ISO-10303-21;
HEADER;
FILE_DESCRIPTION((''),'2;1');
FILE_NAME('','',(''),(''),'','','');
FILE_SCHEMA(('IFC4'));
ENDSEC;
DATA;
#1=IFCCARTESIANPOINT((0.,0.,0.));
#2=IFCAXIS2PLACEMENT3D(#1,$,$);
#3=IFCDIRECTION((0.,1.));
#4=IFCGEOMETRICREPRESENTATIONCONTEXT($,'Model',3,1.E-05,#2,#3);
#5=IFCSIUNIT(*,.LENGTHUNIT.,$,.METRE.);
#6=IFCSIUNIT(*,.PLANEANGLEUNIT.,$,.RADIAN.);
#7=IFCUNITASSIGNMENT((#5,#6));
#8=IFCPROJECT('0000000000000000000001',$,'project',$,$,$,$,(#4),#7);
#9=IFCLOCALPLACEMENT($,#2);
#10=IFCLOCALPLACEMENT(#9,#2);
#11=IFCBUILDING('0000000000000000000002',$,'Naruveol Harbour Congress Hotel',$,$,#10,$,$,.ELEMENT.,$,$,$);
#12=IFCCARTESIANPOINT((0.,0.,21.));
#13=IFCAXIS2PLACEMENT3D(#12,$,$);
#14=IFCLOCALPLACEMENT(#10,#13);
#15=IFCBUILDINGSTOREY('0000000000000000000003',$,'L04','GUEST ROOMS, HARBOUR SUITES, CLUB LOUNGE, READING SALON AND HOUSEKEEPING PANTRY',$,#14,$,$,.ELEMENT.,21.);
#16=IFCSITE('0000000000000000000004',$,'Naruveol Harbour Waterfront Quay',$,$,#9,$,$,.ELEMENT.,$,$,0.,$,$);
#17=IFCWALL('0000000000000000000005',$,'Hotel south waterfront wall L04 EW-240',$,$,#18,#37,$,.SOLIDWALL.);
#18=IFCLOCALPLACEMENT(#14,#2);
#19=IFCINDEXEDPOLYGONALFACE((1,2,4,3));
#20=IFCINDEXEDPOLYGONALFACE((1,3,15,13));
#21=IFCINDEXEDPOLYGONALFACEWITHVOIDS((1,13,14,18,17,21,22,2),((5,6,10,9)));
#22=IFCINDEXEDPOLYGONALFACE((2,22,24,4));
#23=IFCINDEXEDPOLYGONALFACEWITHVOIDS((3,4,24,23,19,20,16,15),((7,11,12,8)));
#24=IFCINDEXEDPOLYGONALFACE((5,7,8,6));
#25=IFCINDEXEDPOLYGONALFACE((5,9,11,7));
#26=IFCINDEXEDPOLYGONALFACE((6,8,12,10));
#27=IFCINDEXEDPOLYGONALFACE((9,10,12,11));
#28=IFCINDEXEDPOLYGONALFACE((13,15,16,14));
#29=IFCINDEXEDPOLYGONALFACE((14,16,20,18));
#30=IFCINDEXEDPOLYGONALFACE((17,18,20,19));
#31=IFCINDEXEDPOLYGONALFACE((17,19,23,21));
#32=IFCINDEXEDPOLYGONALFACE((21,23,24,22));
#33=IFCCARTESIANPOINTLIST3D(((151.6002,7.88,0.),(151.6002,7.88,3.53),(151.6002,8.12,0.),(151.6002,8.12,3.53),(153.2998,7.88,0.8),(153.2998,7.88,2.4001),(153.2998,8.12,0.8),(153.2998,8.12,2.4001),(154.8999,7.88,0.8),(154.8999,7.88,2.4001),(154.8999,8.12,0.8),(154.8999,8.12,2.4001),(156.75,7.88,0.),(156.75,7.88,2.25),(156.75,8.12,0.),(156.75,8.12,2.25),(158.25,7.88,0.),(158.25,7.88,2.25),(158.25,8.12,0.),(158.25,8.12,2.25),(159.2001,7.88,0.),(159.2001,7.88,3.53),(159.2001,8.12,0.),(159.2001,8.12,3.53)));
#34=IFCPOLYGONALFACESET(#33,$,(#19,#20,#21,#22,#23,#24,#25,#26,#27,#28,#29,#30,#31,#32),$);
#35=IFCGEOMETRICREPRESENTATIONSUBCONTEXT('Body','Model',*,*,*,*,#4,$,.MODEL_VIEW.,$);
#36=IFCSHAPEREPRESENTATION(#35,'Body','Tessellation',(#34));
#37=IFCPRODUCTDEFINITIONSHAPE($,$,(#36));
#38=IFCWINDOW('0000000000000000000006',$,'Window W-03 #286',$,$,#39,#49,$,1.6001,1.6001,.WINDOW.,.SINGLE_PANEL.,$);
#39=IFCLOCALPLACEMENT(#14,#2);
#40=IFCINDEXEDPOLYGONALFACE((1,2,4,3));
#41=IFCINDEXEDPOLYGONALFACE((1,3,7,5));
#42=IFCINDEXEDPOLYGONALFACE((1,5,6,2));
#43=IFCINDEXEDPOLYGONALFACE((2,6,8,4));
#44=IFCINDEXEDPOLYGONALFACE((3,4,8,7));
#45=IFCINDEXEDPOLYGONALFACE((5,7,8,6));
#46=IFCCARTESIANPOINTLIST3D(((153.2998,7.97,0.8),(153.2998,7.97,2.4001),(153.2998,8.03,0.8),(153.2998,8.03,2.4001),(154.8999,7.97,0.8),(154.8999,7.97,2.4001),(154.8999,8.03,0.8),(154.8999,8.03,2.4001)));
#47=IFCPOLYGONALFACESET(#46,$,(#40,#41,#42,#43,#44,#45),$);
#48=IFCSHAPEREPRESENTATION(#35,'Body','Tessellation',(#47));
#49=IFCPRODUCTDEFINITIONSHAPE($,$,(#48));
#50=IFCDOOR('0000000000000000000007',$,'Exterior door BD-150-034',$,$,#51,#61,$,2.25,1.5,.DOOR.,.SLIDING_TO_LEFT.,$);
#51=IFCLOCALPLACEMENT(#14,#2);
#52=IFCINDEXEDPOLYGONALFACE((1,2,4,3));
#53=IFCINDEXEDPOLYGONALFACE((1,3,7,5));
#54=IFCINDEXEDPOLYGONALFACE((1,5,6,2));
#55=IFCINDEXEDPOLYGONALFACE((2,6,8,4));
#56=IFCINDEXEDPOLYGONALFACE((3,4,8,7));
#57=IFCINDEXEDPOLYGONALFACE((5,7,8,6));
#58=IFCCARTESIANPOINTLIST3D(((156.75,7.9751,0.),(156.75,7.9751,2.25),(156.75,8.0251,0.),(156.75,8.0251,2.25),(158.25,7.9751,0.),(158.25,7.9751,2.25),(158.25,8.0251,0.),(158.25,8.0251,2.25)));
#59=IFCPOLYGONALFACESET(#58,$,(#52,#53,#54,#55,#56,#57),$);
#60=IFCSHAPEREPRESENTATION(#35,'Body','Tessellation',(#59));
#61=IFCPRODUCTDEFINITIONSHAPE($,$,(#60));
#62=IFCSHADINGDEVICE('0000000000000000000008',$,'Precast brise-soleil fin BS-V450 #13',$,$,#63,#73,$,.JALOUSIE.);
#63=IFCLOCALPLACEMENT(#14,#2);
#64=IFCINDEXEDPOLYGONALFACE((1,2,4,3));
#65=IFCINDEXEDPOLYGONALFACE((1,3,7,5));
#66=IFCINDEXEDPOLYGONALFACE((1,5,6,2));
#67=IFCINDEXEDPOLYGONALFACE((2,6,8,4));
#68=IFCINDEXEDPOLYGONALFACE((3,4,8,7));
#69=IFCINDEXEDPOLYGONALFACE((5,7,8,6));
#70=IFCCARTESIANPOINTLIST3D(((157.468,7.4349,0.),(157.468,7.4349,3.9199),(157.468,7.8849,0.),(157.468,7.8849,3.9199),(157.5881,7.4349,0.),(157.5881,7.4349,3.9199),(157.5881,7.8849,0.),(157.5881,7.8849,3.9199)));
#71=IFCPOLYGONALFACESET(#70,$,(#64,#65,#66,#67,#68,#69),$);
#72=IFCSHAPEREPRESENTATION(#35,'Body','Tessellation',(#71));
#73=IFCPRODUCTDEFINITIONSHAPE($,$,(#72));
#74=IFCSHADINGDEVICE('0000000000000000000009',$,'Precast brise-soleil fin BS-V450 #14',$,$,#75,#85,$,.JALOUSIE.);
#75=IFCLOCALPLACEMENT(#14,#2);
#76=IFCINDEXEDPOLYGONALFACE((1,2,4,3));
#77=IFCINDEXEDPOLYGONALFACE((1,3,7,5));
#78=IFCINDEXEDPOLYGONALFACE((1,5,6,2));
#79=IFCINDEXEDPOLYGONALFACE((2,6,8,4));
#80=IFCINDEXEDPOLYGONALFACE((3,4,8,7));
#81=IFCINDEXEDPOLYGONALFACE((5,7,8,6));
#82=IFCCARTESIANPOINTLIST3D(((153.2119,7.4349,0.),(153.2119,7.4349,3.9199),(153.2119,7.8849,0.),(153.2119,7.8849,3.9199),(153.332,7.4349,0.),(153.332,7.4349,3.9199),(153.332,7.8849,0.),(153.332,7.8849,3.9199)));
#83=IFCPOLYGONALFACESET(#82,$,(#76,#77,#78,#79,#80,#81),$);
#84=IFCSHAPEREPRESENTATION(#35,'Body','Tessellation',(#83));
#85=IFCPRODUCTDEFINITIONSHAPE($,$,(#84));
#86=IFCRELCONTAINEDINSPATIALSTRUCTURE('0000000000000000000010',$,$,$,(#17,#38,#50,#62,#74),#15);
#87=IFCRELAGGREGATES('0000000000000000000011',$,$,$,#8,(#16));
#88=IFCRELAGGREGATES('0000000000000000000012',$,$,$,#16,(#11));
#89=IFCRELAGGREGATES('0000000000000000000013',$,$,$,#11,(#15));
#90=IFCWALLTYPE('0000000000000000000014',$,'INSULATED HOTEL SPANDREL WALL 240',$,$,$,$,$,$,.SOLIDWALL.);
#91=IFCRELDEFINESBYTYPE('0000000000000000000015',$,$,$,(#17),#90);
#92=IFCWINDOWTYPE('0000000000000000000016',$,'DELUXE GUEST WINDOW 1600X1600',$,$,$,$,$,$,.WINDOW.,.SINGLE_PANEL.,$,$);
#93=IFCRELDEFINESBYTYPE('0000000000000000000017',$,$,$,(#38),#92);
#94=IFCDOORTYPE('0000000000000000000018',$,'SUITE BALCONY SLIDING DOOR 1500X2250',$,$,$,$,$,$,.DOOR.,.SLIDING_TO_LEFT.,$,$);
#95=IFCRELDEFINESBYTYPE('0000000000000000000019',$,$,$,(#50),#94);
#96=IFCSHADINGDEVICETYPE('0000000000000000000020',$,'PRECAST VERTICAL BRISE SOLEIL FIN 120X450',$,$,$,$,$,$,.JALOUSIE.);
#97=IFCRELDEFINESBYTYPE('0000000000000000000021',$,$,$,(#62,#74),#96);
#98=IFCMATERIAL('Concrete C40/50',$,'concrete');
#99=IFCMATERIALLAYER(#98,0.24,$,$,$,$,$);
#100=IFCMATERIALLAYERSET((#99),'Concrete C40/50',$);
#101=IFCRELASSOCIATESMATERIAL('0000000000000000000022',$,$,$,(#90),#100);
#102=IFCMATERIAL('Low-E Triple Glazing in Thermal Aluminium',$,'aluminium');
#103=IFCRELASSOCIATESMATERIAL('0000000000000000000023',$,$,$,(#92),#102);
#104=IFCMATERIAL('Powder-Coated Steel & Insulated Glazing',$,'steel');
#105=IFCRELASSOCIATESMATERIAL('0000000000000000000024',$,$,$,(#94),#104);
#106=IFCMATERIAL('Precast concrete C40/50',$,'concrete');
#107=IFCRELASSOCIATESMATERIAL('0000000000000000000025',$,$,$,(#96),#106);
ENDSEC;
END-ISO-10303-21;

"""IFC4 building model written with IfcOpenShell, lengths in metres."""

from ifc_helpers import new_model, si_unit, direction, frame, frame_2d, origin, origin_2d, place, context, subcontext, project, spatial, rectangle, extrude, material, layer, layer_set, type_object, element, fill, save


model = new_model("IFC4")

# Units and contexts
model_context = context("Model", 3, precision=1e-05, world=origin(), true_north=direction((0.0, 1.0)))
body_context = subcontext(model_context, "Body", "Model", "MODEL_VIEW")
ifc_project = project(units=[si_unit("LENGTHUNIT", "METRE"), si_unit("PLANEANGLEUNIT", "RADIAN")], contexts=[model_context])

# Site, building, storey
site_placement = place(None, origin())
site = spatial("IfcSite", under=ifc_project, at=site_placement, Name="Naruveol Harbour Waterfront Quay", CompositionType="ELEMENT", RefElevation=0.0)
building_placement = place(site_placement, origin())
building = spatial("IfcBuilding", under=site, at=building_placement, Name="Naruveol Harbour Congress Hotel", CompositionType="ELEMENT")
storey_placement = place(building_placement, frame((0.0, 0.0, 21.0)))
storey = spatial("IfcBuildingStorey", under=building, at=storey_placement, Name="L04", Description="GUEST ROOMS, HARBOUR SUITES, CLUB LOUNGE, READING SALON AND HOUSEKEEPING PANTRY", CompositionType="ELEMENT", Elevation=21.0)

# Wall, openings, window, door
ifc_material_1 = material(Name="Concrete C40/50", Category="concrete")
ifc_layer_1 = layer(ifc_material_1, 0.24)
ifc_layer_set_1 = layer_set([ifc_layer_1], Name="Concrete C40/50")
wall_type_1 = type_object("IfcWallType", Name="INSULATED HOTEL SPANDREL WALL 240", PredefinedType="SOLIDWALL", material=ifc_layer_set_1)
wall_1_placement = place(storey_placement, frame((159.2, 8.0, 0.0), z_axis=(0.0, 0.0, 1.0), x_axis=(-1.0, 0.0, 0.0)))
wall_1 = element("IfcWall", 1, at=wall_1_placement, inside=storey, type_object=wall_type_1, Name="Hotel south waterfront wall L04 EW-240", PredefinedType="SOLIDWALL", context=body_context, shape_type="SweptSolid", body=[
    extrude(rectangle(XDim=7.5999, YDim=0.24, at=frame_2d((3.7998, 0.0))), origin(), (0.0, 0.0, 1.0), 3.53),
])
opening_1_placement = place(wall_1_placement, frame((0.95, 0.0, 0.0)))
opening_1 = element("IfcOpeningElement", 2, at=opening_1_placement, cuts=wall_1, PredefinedType="OPENING", context=body_context, shape_type="SweptSolid", body=[
    extrude(rectangle(XDim=1.5, YDim=2.25, at=frame_2d((0.75, 1.125))), frame((0.0, 0.1299, 0.0), z_axis=(0.0, -1.0, 0.0), x_axis=(1.0, 0.0, 0.0)), (0.0, 0.0, 1.0), 0.26),
])
opening_2_placement = place(wall_1_placement, frame((4.3, 0.0, 0.8)))
opening_2 = element("IfcOpeningElement", 3, at=opening_2_placement, cuts=wall_1, PredefinedType="OPENING", context=body_context, shape_type="SweptSolid", body=[
    extrude(rectangle(XDim=1.6001, YDim=1.6001, at=frame_2d((0.8, 0.8))), frame((0.0, 0.1299, 0.0), z_axis=(0.0, -1.0, 0.0), x_axis=(1.0, 0.0, 0.0)), (0.0, 0.0, 1.0), 0.26),
])
ifc_material_2 = material(Name="Low-E Triple Glazing in Thermal Aluminium", Category="aluminium")
window_type = type_object("IfcWindowType", Name="DELUXE GUEST WINDOW 1600X1600", PartitioningType="SINGLE_PANEL", PredefinedType="WINDOW", material=ifc_material_2)
window_placement = place(opening_2_placement, origin())
window = element("IfcWindow", 4, at=window_placement, inside=storey, type_object=window_type, Name="Window W-03 #286", OverallHeight=1.6001, OverallWidth=1.6001, PartitioningType="SINGLE_PANEL", PredefinedType="WINDOW", context=body_context, shape_type="SweptSolid", body=[
    extrude(rectangle(XDim=1.6001, YDim=1.6001, at=frame_2d((0.8, 0.8))), frame((0.0, 0.03, 0.0), z_axis=(0.0, -1.0, 0.0), x_axis=(1.0, 0.0, 0.0)), (0.0, 0.0, 1.0), 0.0601),
])
fill(opening_2, window)
ifc_material_3 = material(Name="Powder-Coated Steel & Insulated Glazing", Category="steel")
door_type_1 = type_object("IfcDoorType", Name="SUITE BALCONY SLIDING DOOR 1500X2250", OperationType="SLIDING_TO_LEFT", PredefinedType="DOOR", material=ifc_material_3)
door_1_placement = place(opening_1_placement, origin())
door_1 = element("IfcDoor", 5, at=door_1_placement, inside=storey, type_object=door_type_1, Name="Exterior door BD-150-034", OperationType="SLIDING_TO_LEFT", OverallHeight=2.25, OverallWidth=1.5, PredefinedType="DOOR", context=body_context, shape_type="SweptSolid", body=[
    extrude(rectangle(XDim=1.5, YDim=2.25, at=frame_2d((0.75, 1.125))), frame((0.0, 0.0249, 0.0), z_axis=(0.0, -1.0, 0.0), x_axis=(1.0, 0.0, 0.0)), (0.0, 0.0, 1.0), 0.05),
])
fill(opening_1, door_1)

# Shading devices
ifc_material_4 = material(Name="Precast concrete C40/50", Category="concrete")
shading_device_type = type_object("IfcShadingDeviceType", Name="PRECAST VERTICAL BRISE SOLEIL FIN 120X450", PredefinedType="JALOUSIE", material=ifc_material_4)
for number, where, z_axis, x_axis, name in (
    (6, (157.5281, 7.6599, 0.0), (0.0, 0.0, 1.0), (-1.0, 0.0, 0.0), "Precast brise-soleil fin BS-V450 #13"),
    (7, (153.272, 7.6599, 0.0), (0.0, 0.0, 1.0), (-1.0, 0.0, 0.0), "Precast brise-soleil fin BS-V450 #14"),
):
    element("IfcShadingDevice", number, at=place(storey_placement, frame(where, z_axis=z_axis, x_axis=x_axis)), inside=storey, type_object=shading_device_type, Name=name, PredefinedType="JALOUSIE", context=body_context, shape_type="SweptSolid", body=[
        extrude(rectangle(XDim=0.1201, YDim=0.45, at=origin_2d()), origin(), (0.0, 0.0, 1.0), 3.9199),
    ])

save(model, "model.ifc")
